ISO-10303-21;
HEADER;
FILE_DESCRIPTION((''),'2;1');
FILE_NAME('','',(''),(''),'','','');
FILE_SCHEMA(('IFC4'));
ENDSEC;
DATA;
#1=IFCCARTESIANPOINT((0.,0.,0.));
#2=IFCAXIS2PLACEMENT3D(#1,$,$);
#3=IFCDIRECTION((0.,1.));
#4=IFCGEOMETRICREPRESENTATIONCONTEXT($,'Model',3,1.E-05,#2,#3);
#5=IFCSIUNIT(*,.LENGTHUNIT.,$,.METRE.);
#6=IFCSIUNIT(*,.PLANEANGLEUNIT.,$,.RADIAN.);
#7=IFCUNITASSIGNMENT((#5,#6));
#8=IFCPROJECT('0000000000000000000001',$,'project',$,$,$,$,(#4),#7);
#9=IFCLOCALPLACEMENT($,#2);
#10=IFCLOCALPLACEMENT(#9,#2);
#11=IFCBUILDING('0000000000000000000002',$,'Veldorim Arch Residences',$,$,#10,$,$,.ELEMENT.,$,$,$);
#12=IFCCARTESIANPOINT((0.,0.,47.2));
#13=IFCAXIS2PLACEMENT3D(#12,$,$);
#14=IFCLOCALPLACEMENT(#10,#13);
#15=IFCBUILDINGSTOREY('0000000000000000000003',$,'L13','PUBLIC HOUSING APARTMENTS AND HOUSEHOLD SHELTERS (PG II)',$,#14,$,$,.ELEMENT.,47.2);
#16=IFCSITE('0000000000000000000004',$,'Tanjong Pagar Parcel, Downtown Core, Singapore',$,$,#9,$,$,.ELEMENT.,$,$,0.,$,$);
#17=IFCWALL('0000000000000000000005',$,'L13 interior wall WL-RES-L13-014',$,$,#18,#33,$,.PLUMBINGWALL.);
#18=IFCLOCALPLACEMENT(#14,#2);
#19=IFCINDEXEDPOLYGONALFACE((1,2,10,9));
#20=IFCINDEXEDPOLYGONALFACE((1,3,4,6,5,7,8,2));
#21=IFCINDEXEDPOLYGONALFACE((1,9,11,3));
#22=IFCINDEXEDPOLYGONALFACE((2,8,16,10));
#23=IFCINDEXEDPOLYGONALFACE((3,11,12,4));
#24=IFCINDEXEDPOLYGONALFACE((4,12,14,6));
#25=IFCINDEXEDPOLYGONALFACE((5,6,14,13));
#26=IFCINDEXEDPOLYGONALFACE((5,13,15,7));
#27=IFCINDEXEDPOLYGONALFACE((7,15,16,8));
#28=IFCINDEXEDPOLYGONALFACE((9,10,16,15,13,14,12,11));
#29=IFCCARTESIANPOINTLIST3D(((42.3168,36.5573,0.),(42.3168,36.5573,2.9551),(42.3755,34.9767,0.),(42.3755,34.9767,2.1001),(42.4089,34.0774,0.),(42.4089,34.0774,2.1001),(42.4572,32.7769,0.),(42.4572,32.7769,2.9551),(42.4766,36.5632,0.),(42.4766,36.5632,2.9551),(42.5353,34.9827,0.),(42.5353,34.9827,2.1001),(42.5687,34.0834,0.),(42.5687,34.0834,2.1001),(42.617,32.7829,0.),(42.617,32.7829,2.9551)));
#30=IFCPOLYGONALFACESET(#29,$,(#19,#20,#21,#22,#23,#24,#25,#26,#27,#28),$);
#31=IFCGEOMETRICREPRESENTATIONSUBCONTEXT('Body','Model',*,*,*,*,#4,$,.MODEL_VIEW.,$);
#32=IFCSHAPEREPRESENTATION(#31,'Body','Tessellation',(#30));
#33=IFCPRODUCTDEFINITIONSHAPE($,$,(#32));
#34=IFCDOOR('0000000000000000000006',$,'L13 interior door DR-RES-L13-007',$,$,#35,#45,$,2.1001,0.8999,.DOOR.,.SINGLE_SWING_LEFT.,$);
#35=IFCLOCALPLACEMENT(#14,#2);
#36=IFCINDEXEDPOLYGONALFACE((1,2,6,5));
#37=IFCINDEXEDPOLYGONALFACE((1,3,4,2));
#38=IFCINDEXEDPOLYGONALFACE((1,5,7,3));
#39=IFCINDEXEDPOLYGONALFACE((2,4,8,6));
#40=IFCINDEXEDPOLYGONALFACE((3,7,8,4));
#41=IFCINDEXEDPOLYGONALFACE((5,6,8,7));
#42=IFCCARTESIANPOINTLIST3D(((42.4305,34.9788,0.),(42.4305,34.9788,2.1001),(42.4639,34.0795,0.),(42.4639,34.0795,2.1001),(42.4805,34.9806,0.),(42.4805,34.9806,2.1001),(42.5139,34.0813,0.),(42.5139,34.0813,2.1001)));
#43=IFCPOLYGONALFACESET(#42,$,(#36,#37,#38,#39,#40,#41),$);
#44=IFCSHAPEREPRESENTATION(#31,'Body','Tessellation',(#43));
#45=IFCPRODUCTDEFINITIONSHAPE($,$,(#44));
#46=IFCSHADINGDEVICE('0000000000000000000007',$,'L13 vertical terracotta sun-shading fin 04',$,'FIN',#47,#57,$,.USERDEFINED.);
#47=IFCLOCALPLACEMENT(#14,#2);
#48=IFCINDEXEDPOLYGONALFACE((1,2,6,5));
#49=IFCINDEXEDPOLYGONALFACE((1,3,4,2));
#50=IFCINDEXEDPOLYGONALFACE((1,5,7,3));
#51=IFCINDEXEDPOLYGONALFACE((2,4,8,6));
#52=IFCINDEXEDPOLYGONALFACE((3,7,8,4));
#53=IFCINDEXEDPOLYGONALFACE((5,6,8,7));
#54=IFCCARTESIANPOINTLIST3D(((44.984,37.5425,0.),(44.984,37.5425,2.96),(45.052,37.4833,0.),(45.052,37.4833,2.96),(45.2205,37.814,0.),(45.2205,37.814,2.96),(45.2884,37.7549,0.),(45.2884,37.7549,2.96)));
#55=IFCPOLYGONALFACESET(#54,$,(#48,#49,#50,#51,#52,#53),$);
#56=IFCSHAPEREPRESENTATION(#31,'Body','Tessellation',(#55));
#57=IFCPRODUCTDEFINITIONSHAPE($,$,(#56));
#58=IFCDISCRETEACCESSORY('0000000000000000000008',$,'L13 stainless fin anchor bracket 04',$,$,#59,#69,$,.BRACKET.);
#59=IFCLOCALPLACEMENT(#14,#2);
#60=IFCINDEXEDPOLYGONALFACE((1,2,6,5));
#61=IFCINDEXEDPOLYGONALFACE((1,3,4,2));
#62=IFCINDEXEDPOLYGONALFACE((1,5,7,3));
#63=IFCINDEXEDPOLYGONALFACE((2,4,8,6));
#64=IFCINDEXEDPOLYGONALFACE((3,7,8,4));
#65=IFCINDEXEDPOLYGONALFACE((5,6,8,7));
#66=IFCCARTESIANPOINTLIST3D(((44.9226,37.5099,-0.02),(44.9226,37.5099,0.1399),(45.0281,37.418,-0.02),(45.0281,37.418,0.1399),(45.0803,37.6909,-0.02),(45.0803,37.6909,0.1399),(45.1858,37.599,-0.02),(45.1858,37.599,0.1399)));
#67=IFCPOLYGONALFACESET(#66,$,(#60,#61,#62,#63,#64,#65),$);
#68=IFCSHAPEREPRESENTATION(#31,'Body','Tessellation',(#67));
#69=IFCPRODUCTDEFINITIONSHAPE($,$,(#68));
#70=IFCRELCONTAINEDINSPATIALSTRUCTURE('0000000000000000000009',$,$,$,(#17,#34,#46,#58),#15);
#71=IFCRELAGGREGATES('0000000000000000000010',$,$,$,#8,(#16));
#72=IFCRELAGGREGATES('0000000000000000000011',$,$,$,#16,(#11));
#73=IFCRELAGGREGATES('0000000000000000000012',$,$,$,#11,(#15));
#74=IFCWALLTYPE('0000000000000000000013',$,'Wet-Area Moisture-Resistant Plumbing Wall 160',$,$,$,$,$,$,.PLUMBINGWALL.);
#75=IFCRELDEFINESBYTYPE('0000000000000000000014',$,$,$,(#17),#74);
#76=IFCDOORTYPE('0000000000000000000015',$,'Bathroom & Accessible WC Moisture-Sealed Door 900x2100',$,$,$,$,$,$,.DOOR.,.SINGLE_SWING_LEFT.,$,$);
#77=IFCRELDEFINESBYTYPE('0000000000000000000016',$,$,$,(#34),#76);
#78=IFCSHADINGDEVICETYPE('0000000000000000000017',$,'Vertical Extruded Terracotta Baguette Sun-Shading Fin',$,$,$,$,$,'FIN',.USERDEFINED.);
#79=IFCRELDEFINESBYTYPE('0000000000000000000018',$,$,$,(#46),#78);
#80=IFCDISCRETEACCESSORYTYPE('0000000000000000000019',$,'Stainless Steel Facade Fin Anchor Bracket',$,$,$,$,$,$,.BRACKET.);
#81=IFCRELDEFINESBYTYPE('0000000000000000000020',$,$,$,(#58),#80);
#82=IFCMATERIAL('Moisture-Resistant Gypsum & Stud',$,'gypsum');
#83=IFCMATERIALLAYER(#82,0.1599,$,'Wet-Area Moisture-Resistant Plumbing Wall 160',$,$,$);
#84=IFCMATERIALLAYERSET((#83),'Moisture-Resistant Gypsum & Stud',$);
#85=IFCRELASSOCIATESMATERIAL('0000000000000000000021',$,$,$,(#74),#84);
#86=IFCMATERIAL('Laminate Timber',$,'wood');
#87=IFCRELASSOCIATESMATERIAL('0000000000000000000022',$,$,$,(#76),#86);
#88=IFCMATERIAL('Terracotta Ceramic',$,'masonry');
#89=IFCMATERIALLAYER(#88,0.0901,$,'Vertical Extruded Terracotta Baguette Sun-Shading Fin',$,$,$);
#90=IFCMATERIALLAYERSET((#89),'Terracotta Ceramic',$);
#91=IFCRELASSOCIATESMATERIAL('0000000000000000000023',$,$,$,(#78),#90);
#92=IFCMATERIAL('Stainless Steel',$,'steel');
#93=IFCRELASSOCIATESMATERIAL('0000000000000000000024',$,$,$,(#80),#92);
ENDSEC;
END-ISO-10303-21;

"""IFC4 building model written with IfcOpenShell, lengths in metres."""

from ifc_helpers import new_model, si_unit, direction, frame, frame_2d, origin, origin_2d, place, context, subcontext, project, spatial, rectangle, extrude, material, layer, layer_set, type_object, element, fill, save


model = new_model("IFC4")

# Units and contexts
model_context = context("Model", 3, precision=1e-05, world=origin(), true_north=direction((0.0, 1.0)))
body_context = subcontext(model_context, "Body", "Model", "MODEL_VIEW")
ifc_project = project(units=[si_unit("LENGTHUNIT", "METRE"), si_unit("PLANEANGLEUNIT", "RADIAN")], contexts=[model_context])

# Site, building, storey
site_placement = place(None, origin())
site = spatial("IfcSite", under=ifc_project, at=site_placement, Name="Tanjong Pagar Parcel, Downtown Core, Singapore", CompositionType="ELEMENT", RefElevation=0.0)
building_placement = place(site_placement, origin())
building = spatial("IfcBuilding", under=site, at=building_placement, Name="Veldorim Arch Residences", CompositionType="ELEMENT")
storey_placement = place(building_placement, frame((0.0, 0.0, 47.2)))
storey = spatial("IfcBuildingStorey", under=building, at=storey_placement, Name="L13", Description="PUBLIC HOUSING APARTMENTS AND HOUSEHOLD SHELTERS (PG II)", CompositionType="ELEMENT", Elevation=47.2)

# Wall, opening, door
ifc_material_1 = material(Name="Moisture-Resistant Gypsum & Stud", Category="gypsum")
ifc_layer_1 = layer(ifc_material_1, 0.1599, Name="Wet-Area Moisture-Resistant Plumbing Wall 160")
ifc_layer_set_1 = layer_set([ifc_layer_1], Name="Moisture-Resistant Gypsum & Stud")
wall_type_1 = type_object("IfcWallType", Name="Wet-Area Moisture-Resistant Plumbing Wall 160", PredefinedType="PLUMBINGWALL", material=ifc_layer_set_1)
wall_1_placement = place(storey_placement, frame((42.5371, 32.7798, 0.0), z_axis=(0.0, 0.0, 1.0), x_axis=(-0.03711, 0.999311, 0.0)))
wall_1 = element("IfcWall", 1, at=wall_1_placement, inside=storey, type_object=wall_type_1, Name="L13 interior wall WL-RES-L13-014", PredefinedType="PLUMBINGWALL", context=body_context, shape_type="SweptSolid", body=[
    extrude(rectangle(XDim=3.783, YDim=0.1599, at=frame_2d((1.8916, 0.0))), origin(), (0.0, 0.0, 1.0), 2.9551),
])
opening_1_placement = place(wall_1_placement, frame((1.3015, 0.0, 0.0)))
opening_1 = element("IfcOpeningElement", 2, at=opening_1_placement, cuts=wall_1, PredefinedType="OPENING", context=body_context, shape_type="SweptSolid", body=[
    extrude(rectangle(XDim=0.8999, YDim=2.1001, at=frame_2d((0.45, 1.05))), frame((0.0, 0.0898, 0.0), z_axis=(0.0, -1.0, 0.0), x_axis=(1.0, 0.0, 0.0)), (0.0, 0.0, 1.0), 0.1799),
])
ifc_material_2 = material(Name="Laminate Timber", Category="wood")
door_type = type_object("IfcDoorType", Name="Bathroom & Accessible WC Moisture-Sealed Door 900x2100", OperationType="SINGLE_SWING_LEFT", PredefinedType="DOOR", material=ifc_material_2)
door_placement = place(opening_1_placement, origin())
door = element("IfcDoor", 3, at=door_placement, inside=storey, type_object=door_type, Name="L13 interior door DR-RES-L13-007", OperationType="SINGLE_SWING_LEFT", OverallHeight=2.1001, OverallWidth=0.8999, PredefinedType="DOOR", context=body_context, shape_type="SweptSolid", body=[
    extrude(rectangle(XDim=0.8999, YDim=2.1001, at=frame_2d((0.45, 1.05))), frame((0.0, 0.0249, 0.0), z_axis=(0.0, -1.0, 0.0), x_axis=(1.0, 0.0, 0.0)), (0.0, 0.0, 1.0), 0.05),
])
fill(opening_1, door)

# Shading device
ifc_material_3 = material(Name="Terracotta Ceramic", Category="masonry")
ifc_layer_2 = layer(ifc_material_3, 0.0901, Name="Vertical Extruded Terracotta Baguette Sun-Shading Fin")
ifc_layer_set_2 = layer_set([ifc_layer_2], Name="Terracotta Ceramic")
shading_device_type = type_object("IfcShadingDeviceType", Name="Vertical Extruded Terracotta Baguette Sun-Shading Fin", ElementType="FIN", PredefinedType="USERDEFINED", material=ifc_layer_set_2)
shading_device_placement = place(storey_placement, frame((45.1362, 37.6487, 0.0), z_axis=(0.0, 0.0, 1.0), x_axis=(0.754137, -0.656717, 0.0)))
element("IfcShadingDevice", 4, at=shading_device_placement, inside=storey, type_object=shading_device_type, Name="L13 vertical terracotta sun-shading fin 04", ObjectType="FIN", PredefinedType="USERDEFINED", context=body_context, shape_type="SweptSolid", body=[
    extrude(rectangle(XDim=0.0901, YDim=0.3601, at=origin_2d()), origin(), (0.0, 0.0, 1.0), 2.96),
])

# Discrete accessory
ifc_material_4 = material(Name="Stainless Steel", Category="steel")
discrete_accessory_type = type_object("IfcDiscreteAccessoryType", Name="Stainless Steel Facade Fin Anchor Bracket", PredefinedType="BRACKET", material=ifc_material_4)
discrete_accessory_placement = place(storey_placement, frame((45.0542, 37.5544, -0.02), z_axis=(0.0, 0.0, 1.0), x_axis=(0.754137, -0.656717, 0.0)))
element("IfcDiscreteAccessory", 5, at=discrete_accessory_placement, inside=storey, type_object=discrete_accessory_type, Name="L13 stainless fin anchor bracket 04", PredefinedType="BRACKET", context=body_context, shape_type="SweptSolid", body=[
    extrude(rectangle(XDim=0.1399, YDim=0.24, at=origin_2d()), origin(), (0.0, 0.0, 1.0), 0.1599),
])

save(model, "model.ifc")
